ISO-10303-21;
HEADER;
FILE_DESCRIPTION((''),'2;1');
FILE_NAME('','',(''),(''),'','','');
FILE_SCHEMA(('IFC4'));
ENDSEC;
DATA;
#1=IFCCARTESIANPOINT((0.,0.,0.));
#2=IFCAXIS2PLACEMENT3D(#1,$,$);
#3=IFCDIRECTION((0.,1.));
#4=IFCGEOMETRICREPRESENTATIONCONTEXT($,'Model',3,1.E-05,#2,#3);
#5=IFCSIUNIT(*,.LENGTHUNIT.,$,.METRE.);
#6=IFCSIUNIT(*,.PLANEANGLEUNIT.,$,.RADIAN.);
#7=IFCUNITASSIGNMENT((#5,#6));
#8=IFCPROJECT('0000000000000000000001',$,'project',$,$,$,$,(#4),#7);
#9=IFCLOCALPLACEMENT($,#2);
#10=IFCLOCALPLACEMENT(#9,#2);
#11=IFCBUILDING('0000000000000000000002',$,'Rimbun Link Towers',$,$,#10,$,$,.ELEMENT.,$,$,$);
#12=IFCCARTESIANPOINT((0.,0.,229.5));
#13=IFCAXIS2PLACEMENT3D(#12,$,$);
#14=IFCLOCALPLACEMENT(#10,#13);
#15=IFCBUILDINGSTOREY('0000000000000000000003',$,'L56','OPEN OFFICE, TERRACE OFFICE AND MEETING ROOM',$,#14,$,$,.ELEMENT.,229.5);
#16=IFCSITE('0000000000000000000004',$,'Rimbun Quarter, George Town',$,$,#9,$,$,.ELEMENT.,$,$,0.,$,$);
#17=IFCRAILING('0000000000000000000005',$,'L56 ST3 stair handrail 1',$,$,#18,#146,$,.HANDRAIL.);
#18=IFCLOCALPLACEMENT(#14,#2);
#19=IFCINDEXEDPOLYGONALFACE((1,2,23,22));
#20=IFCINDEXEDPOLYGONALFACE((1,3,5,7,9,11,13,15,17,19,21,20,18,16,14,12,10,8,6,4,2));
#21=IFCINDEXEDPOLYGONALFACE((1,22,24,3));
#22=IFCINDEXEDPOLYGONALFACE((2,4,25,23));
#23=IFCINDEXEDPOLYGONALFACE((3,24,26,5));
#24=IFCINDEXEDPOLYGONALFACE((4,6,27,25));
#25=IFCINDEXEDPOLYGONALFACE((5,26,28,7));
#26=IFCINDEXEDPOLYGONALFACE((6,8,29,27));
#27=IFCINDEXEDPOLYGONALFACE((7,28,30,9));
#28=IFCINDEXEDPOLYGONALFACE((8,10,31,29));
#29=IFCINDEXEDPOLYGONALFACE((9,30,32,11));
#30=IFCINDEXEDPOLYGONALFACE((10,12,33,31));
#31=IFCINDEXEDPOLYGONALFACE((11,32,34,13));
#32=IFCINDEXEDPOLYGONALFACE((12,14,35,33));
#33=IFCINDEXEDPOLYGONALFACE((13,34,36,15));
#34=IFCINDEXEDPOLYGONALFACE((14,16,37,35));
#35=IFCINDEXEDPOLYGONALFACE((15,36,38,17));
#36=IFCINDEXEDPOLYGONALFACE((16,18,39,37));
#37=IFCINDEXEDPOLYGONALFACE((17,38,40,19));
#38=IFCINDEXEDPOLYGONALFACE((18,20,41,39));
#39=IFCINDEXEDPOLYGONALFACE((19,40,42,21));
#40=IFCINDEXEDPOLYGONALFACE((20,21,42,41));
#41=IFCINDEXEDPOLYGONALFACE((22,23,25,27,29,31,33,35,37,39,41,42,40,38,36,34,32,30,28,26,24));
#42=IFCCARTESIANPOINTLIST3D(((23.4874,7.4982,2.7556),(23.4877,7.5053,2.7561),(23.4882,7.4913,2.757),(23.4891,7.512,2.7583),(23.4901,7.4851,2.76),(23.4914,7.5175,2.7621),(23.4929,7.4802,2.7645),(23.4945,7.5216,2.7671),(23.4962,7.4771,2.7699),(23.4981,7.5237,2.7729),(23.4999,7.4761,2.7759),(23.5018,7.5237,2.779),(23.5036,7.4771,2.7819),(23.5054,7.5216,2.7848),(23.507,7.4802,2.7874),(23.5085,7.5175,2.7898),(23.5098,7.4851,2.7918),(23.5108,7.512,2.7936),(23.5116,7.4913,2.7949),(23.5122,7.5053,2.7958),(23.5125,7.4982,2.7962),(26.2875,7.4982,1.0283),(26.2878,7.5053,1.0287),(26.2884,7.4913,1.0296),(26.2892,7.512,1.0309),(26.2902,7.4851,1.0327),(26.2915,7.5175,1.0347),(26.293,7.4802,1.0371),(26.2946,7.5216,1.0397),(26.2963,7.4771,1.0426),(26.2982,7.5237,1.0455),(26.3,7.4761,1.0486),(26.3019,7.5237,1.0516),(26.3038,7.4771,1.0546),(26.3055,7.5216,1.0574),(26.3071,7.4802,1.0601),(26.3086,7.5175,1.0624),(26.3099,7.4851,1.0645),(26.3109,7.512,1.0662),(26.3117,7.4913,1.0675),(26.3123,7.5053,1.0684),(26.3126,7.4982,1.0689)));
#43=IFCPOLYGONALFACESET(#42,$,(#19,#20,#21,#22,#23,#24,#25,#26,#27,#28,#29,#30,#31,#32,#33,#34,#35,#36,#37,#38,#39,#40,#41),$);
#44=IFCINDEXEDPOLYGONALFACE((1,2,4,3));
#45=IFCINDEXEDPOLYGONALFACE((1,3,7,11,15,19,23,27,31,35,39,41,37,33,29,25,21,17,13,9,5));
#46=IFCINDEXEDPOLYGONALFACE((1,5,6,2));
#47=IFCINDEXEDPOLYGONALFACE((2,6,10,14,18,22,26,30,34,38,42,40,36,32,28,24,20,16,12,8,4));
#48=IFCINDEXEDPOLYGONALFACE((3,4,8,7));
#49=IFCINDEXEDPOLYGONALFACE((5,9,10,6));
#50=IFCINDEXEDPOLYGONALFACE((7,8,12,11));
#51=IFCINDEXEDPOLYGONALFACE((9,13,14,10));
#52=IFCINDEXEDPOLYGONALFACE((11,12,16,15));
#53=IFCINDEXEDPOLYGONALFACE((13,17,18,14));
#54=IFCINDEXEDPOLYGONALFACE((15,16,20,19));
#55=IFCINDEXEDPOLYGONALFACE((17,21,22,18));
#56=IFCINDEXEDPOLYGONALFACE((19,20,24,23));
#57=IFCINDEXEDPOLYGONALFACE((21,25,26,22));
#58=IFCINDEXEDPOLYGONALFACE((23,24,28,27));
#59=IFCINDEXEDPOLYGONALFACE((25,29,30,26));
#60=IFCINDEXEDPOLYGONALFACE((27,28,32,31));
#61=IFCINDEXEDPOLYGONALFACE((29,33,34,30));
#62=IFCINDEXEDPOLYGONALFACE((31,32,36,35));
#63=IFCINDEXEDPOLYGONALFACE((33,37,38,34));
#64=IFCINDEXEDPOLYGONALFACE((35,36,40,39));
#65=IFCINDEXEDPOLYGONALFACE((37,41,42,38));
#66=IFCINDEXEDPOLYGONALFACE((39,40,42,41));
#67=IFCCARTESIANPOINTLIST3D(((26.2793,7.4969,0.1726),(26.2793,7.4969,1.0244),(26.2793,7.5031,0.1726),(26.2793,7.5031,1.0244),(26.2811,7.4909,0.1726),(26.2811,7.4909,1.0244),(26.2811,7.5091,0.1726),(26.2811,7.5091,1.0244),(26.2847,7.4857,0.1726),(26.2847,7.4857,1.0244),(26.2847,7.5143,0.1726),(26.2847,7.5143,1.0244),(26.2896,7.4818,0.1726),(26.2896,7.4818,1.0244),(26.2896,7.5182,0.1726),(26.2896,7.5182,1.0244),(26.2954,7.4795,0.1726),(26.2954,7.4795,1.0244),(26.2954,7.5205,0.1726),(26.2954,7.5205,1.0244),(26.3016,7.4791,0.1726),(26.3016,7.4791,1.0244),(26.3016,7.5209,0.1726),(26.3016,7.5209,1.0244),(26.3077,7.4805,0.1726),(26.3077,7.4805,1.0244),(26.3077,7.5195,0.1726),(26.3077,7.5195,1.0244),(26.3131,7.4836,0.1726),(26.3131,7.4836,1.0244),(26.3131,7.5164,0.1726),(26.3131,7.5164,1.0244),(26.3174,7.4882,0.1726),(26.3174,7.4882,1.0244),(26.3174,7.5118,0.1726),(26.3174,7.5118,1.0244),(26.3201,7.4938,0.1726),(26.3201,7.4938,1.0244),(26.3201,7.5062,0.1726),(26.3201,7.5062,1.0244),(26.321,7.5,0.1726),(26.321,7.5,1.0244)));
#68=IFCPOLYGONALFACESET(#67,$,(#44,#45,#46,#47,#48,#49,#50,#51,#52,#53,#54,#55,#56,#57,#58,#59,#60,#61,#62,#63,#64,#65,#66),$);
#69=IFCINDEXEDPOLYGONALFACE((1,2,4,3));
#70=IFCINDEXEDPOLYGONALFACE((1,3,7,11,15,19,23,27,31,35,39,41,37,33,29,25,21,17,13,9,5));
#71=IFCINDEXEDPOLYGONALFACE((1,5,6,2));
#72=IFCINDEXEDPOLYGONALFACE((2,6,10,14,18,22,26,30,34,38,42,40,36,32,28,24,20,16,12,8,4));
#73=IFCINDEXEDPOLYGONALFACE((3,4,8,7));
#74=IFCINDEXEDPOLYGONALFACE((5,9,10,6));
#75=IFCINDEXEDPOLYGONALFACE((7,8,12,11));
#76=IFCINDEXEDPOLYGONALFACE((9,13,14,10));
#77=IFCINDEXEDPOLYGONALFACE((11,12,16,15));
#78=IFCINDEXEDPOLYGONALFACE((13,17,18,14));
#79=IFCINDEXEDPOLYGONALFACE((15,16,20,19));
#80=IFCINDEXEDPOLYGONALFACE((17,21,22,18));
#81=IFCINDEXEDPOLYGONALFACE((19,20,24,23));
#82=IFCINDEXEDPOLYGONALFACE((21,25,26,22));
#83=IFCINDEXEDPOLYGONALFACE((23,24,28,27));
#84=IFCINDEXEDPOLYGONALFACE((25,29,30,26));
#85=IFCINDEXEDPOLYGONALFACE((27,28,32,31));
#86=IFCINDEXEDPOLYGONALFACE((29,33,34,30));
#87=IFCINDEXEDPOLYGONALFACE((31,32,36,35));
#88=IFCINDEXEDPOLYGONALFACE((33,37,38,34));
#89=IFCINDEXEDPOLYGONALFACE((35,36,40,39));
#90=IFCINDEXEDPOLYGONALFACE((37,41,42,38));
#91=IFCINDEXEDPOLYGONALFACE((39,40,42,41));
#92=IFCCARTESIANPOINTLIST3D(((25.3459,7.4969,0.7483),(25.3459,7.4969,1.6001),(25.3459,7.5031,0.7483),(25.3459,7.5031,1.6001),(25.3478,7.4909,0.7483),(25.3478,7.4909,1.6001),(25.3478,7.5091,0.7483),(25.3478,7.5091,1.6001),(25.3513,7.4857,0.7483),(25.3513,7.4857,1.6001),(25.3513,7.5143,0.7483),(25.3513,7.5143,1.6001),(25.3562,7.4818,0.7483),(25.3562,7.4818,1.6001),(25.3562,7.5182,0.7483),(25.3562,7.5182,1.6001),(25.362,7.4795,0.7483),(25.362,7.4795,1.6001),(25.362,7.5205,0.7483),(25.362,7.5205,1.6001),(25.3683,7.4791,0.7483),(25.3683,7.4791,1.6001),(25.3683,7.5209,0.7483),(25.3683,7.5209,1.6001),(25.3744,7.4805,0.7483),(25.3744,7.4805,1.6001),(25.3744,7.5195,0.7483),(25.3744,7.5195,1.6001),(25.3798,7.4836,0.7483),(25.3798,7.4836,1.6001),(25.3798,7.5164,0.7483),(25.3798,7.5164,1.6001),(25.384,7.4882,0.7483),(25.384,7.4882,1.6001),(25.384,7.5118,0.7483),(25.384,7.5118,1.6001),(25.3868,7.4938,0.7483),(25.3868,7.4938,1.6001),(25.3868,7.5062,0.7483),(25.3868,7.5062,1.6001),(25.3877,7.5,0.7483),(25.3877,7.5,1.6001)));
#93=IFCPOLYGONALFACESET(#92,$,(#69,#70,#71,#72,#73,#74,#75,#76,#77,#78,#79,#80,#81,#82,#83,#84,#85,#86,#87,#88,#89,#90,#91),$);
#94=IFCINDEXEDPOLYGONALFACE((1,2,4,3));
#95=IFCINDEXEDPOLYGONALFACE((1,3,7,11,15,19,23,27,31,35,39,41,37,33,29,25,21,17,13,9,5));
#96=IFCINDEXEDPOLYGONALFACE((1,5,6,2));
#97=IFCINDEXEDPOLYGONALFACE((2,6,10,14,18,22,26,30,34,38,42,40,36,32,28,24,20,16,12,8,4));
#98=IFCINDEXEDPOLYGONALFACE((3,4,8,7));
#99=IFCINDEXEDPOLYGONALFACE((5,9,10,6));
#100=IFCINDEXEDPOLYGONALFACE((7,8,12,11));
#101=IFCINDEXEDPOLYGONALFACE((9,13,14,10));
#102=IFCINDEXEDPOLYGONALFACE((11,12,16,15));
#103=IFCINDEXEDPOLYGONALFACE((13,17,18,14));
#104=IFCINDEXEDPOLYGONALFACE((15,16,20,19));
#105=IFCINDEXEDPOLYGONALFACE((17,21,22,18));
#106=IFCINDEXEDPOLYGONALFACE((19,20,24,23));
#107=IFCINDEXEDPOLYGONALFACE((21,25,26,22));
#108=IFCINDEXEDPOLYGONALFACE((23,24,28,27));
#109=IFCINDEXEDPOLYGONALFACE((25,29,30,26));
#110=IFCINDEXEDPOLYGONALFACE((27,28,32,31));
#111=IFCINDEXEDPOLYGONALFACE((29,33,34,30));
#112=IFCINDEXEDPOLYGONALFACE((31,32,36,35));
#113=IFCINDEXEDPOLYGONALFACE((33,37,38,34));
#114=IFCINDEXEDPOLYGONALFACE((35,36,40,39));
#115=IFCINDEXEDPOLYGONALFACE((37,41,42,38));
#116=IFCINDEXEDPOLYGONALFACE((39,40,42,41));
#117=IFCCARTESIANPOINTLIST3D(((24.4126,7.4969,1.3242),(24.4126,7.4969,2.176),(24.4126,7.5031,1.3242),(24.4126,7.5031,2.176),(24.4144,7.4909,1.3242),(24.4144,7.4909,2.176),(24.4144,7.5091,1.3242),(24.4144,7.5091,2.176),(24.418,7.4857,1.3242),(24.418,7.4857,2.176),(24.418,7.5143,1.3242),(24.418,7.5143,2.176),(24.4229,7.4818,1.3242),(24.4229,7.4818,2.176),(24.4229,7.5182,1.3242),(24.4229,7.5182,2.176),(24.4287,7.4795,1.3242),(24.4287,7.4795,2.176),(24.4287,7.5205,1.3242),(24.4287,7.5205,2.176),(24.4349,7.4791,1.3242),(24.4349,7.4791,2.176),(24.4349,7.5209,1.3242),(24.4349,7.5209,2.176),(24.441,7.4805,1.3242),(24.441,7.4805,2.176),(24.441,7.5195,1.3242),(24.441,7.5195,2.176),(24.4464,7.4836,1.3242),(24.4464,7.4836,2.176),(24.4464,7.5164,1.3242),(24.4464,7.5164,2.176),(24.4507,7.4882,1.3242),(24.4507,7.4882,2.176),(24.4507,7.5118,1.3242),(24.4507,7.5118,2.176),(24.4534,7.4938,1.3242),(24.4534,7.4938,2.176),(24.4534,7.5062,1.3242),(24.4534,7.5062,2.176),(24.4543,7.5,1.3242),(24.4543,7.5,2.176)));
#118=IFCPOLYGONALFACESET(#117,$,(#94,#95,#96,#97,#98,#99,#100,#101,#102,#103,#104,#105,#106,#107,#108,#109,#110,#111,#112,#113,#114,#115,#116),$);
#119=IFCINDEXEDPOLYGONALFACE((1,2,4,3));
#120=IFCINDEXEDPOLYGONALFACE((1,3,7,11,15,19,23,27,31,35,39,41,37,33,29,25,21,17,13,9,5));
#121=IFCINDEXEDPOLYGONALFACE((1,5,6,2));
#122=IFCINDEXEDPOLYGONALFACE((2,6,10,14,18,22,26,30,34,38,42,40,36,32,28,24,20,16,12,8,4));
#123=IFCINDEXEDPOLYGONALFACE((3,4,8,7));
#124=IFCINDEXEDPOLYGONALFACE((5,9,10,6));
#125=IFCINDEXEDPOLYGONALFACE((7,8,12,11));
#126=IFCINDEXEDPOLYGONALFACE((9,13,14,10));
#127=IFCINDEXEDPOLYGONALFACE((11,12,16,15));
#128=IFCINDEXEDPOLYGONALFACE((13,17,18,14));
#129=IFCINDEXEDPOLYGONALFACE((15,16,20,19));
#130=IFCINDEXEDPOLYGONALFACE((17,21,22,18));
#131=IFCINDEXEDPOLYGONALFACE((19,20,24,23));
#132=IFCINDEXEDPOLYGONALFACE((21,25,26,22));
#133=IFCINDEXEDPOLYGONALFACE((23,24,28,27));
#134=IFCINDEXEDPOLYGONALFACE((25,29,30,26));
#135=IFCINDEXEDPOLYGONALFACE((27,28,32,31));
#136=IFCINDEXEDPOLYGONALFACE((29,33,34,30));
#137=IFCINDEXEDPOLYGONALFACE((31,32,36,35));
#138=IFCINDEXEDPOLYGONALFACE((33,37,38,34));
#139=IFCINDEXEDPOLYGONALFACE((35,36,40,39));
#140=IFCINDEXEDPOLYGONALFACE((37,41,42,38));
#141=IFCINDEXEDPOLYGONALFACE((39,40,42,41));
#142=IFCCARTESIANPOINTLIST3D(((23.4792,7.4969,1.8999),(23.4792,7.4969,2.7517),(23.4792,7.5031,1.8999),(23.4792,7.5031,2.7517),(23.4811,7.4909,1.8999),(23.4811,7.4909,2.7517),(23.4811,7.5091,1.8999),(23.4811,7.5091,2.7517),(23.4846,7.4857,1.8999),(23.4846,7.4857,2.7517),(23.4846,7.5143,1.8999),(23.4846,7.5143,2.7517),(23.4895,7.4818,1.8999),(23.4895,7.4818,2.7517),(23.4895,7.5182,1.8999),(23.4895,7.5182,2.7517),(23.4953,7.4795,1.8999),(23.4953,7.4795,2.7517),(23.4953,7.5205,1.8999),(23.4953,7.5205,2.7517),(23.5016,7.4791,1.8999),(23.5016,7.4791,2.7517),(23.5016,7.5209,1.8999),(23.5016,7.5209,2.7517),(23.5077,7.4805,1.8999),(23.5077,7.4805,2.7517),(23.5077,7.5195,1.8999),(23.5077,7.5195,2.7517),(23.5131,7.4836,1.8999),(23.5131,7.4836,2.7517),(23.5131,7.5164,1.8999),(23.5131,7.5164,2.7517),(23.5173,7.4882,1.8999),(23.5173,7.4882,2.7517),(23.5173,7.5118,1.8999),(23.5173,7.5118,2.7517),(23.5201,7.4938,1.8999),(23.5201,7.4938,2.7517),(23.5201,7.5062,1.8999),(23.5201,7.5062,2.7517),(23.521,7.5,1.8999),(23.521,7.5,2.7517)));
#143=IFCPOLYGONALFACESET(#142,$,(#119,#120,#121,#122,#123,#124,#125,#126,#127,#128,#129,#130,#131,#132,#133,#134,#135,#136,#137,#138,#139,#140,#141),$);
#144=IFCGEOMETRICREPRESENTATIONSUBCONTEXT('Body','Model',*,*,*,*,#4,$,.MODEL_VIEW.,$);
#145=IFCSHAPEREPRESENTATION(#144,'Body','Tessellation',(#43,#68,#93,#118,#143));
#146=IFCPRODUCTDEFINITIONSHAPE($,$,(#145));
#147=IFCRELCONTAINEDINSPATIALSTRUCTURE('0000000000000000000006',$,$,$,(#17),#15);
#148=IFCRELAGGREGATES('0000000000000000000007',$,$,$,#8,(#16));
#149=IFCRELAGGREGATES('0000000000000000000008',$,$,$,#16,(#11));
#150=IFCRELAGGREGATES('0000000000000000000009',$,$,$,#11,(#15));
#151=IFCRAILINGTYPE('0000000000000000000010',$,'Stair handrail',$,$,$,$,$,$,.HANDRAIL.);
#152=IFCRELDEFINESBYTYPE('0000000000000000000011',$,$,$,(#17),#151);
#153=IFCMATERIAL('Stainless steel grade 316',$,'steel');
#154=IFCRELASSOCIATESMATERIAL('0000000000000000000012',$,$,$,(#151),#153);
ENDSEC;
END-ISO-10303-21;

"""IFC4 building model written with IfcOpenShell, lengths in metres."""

from ifc_helpers import new_model, si_unit, direction, frame, origin, origin_2d, place, context, subcontext, project, spatial, circle, extrude, material, type_object, element, save


model = new_model("IFC4")

# Units and contexts
model_context = context("Model", 3, precision=1e-05, world=origin(), true_north=direction((0.0, 1.0)))
body_context = subcontext(model_context, "Body", "Model", "MODEL_VIEW")
ifc_project = project(units=[si_unit("LENGTHUNIT", "METRE"), si_unit("PLANEANGLEUNIT", "RADIAN")], contexts=[model_context])

# Site, building, storey
site_placement = place(None, origin())
site = spatial("IfcSite", under=ifc_project, at=site_placement, Name="Rimbun Quarter, George Town", CompositionType="ELEMENT", RefElevation=0.0)
building_placement = place(site_placement, origin())
building = spatial("IfcBuilding", under=site, at=building_placement, Name="Rimbun Link Towers", CompositionType="ELEMENT")
storey_placement = place(building_placement, frame((0.0, 0.0, 229.5)))
storey = spatial("IfcBuildingStorey", under=building, at=storey_placement, Name="L56", Description="OPEN OFFICE, TERRACE OFFICE AND MEETING ROOM", CompositionType="ELEMENT", Elevation=229.5)

# Railing
ifc_material_1 = material(Name="Stainless steel grade 316", Category="steel")
railing_type_1 = type_object("IfcRailingType", Name="Stair handrail", PredefinedType="HANDRAIL", material=ifc_material_1)
railing_1_placement = place(storey_placement, frame((26.3, 7.5, 0.1726)))
element("IfcRailing", 1, at=railing_1_placement, inside=storey, type_object=railing_type_1, Name="L56 ST3 stair handrail 1", PredefinedType="HANDRAIL", context=body_context, shape_type="SweptSolid", body=[
    extrude(circle(Radius=0.0239, at=origin_2d()), frame((0.0, 0.0, 0.876), z_axis=(-0.85109, 0.0, 0.52502), x_axis=(0.0, -1.0, 0.0)), (0.0, 0.0, 1.0), 3.29),
    extrude(circle(Radius=0.021, at=origin_2d()), origin(), (0.0, 0.0, 1.0), 0.8518),
    extrude(circle(Radius=0.021, at=origin_2d()), frame((-0.9333, 0.0, 0.5757)), (0.0, 0.0, 1.0), 0.8518),
    extrude(circle(Radius=0.021, at=origin_2d()), frame((-1.8667, 0.0, 1.1516)), (0.0, 0.0, 1.0), 0.8518),
    extrude(circle(Radius=0.021, at=origin_2d()), frame((-2.8, 0.0, 1.7273)), (0.0, 0.0, 1.0), 0.8518),
])

save(model, "model.ifc")
